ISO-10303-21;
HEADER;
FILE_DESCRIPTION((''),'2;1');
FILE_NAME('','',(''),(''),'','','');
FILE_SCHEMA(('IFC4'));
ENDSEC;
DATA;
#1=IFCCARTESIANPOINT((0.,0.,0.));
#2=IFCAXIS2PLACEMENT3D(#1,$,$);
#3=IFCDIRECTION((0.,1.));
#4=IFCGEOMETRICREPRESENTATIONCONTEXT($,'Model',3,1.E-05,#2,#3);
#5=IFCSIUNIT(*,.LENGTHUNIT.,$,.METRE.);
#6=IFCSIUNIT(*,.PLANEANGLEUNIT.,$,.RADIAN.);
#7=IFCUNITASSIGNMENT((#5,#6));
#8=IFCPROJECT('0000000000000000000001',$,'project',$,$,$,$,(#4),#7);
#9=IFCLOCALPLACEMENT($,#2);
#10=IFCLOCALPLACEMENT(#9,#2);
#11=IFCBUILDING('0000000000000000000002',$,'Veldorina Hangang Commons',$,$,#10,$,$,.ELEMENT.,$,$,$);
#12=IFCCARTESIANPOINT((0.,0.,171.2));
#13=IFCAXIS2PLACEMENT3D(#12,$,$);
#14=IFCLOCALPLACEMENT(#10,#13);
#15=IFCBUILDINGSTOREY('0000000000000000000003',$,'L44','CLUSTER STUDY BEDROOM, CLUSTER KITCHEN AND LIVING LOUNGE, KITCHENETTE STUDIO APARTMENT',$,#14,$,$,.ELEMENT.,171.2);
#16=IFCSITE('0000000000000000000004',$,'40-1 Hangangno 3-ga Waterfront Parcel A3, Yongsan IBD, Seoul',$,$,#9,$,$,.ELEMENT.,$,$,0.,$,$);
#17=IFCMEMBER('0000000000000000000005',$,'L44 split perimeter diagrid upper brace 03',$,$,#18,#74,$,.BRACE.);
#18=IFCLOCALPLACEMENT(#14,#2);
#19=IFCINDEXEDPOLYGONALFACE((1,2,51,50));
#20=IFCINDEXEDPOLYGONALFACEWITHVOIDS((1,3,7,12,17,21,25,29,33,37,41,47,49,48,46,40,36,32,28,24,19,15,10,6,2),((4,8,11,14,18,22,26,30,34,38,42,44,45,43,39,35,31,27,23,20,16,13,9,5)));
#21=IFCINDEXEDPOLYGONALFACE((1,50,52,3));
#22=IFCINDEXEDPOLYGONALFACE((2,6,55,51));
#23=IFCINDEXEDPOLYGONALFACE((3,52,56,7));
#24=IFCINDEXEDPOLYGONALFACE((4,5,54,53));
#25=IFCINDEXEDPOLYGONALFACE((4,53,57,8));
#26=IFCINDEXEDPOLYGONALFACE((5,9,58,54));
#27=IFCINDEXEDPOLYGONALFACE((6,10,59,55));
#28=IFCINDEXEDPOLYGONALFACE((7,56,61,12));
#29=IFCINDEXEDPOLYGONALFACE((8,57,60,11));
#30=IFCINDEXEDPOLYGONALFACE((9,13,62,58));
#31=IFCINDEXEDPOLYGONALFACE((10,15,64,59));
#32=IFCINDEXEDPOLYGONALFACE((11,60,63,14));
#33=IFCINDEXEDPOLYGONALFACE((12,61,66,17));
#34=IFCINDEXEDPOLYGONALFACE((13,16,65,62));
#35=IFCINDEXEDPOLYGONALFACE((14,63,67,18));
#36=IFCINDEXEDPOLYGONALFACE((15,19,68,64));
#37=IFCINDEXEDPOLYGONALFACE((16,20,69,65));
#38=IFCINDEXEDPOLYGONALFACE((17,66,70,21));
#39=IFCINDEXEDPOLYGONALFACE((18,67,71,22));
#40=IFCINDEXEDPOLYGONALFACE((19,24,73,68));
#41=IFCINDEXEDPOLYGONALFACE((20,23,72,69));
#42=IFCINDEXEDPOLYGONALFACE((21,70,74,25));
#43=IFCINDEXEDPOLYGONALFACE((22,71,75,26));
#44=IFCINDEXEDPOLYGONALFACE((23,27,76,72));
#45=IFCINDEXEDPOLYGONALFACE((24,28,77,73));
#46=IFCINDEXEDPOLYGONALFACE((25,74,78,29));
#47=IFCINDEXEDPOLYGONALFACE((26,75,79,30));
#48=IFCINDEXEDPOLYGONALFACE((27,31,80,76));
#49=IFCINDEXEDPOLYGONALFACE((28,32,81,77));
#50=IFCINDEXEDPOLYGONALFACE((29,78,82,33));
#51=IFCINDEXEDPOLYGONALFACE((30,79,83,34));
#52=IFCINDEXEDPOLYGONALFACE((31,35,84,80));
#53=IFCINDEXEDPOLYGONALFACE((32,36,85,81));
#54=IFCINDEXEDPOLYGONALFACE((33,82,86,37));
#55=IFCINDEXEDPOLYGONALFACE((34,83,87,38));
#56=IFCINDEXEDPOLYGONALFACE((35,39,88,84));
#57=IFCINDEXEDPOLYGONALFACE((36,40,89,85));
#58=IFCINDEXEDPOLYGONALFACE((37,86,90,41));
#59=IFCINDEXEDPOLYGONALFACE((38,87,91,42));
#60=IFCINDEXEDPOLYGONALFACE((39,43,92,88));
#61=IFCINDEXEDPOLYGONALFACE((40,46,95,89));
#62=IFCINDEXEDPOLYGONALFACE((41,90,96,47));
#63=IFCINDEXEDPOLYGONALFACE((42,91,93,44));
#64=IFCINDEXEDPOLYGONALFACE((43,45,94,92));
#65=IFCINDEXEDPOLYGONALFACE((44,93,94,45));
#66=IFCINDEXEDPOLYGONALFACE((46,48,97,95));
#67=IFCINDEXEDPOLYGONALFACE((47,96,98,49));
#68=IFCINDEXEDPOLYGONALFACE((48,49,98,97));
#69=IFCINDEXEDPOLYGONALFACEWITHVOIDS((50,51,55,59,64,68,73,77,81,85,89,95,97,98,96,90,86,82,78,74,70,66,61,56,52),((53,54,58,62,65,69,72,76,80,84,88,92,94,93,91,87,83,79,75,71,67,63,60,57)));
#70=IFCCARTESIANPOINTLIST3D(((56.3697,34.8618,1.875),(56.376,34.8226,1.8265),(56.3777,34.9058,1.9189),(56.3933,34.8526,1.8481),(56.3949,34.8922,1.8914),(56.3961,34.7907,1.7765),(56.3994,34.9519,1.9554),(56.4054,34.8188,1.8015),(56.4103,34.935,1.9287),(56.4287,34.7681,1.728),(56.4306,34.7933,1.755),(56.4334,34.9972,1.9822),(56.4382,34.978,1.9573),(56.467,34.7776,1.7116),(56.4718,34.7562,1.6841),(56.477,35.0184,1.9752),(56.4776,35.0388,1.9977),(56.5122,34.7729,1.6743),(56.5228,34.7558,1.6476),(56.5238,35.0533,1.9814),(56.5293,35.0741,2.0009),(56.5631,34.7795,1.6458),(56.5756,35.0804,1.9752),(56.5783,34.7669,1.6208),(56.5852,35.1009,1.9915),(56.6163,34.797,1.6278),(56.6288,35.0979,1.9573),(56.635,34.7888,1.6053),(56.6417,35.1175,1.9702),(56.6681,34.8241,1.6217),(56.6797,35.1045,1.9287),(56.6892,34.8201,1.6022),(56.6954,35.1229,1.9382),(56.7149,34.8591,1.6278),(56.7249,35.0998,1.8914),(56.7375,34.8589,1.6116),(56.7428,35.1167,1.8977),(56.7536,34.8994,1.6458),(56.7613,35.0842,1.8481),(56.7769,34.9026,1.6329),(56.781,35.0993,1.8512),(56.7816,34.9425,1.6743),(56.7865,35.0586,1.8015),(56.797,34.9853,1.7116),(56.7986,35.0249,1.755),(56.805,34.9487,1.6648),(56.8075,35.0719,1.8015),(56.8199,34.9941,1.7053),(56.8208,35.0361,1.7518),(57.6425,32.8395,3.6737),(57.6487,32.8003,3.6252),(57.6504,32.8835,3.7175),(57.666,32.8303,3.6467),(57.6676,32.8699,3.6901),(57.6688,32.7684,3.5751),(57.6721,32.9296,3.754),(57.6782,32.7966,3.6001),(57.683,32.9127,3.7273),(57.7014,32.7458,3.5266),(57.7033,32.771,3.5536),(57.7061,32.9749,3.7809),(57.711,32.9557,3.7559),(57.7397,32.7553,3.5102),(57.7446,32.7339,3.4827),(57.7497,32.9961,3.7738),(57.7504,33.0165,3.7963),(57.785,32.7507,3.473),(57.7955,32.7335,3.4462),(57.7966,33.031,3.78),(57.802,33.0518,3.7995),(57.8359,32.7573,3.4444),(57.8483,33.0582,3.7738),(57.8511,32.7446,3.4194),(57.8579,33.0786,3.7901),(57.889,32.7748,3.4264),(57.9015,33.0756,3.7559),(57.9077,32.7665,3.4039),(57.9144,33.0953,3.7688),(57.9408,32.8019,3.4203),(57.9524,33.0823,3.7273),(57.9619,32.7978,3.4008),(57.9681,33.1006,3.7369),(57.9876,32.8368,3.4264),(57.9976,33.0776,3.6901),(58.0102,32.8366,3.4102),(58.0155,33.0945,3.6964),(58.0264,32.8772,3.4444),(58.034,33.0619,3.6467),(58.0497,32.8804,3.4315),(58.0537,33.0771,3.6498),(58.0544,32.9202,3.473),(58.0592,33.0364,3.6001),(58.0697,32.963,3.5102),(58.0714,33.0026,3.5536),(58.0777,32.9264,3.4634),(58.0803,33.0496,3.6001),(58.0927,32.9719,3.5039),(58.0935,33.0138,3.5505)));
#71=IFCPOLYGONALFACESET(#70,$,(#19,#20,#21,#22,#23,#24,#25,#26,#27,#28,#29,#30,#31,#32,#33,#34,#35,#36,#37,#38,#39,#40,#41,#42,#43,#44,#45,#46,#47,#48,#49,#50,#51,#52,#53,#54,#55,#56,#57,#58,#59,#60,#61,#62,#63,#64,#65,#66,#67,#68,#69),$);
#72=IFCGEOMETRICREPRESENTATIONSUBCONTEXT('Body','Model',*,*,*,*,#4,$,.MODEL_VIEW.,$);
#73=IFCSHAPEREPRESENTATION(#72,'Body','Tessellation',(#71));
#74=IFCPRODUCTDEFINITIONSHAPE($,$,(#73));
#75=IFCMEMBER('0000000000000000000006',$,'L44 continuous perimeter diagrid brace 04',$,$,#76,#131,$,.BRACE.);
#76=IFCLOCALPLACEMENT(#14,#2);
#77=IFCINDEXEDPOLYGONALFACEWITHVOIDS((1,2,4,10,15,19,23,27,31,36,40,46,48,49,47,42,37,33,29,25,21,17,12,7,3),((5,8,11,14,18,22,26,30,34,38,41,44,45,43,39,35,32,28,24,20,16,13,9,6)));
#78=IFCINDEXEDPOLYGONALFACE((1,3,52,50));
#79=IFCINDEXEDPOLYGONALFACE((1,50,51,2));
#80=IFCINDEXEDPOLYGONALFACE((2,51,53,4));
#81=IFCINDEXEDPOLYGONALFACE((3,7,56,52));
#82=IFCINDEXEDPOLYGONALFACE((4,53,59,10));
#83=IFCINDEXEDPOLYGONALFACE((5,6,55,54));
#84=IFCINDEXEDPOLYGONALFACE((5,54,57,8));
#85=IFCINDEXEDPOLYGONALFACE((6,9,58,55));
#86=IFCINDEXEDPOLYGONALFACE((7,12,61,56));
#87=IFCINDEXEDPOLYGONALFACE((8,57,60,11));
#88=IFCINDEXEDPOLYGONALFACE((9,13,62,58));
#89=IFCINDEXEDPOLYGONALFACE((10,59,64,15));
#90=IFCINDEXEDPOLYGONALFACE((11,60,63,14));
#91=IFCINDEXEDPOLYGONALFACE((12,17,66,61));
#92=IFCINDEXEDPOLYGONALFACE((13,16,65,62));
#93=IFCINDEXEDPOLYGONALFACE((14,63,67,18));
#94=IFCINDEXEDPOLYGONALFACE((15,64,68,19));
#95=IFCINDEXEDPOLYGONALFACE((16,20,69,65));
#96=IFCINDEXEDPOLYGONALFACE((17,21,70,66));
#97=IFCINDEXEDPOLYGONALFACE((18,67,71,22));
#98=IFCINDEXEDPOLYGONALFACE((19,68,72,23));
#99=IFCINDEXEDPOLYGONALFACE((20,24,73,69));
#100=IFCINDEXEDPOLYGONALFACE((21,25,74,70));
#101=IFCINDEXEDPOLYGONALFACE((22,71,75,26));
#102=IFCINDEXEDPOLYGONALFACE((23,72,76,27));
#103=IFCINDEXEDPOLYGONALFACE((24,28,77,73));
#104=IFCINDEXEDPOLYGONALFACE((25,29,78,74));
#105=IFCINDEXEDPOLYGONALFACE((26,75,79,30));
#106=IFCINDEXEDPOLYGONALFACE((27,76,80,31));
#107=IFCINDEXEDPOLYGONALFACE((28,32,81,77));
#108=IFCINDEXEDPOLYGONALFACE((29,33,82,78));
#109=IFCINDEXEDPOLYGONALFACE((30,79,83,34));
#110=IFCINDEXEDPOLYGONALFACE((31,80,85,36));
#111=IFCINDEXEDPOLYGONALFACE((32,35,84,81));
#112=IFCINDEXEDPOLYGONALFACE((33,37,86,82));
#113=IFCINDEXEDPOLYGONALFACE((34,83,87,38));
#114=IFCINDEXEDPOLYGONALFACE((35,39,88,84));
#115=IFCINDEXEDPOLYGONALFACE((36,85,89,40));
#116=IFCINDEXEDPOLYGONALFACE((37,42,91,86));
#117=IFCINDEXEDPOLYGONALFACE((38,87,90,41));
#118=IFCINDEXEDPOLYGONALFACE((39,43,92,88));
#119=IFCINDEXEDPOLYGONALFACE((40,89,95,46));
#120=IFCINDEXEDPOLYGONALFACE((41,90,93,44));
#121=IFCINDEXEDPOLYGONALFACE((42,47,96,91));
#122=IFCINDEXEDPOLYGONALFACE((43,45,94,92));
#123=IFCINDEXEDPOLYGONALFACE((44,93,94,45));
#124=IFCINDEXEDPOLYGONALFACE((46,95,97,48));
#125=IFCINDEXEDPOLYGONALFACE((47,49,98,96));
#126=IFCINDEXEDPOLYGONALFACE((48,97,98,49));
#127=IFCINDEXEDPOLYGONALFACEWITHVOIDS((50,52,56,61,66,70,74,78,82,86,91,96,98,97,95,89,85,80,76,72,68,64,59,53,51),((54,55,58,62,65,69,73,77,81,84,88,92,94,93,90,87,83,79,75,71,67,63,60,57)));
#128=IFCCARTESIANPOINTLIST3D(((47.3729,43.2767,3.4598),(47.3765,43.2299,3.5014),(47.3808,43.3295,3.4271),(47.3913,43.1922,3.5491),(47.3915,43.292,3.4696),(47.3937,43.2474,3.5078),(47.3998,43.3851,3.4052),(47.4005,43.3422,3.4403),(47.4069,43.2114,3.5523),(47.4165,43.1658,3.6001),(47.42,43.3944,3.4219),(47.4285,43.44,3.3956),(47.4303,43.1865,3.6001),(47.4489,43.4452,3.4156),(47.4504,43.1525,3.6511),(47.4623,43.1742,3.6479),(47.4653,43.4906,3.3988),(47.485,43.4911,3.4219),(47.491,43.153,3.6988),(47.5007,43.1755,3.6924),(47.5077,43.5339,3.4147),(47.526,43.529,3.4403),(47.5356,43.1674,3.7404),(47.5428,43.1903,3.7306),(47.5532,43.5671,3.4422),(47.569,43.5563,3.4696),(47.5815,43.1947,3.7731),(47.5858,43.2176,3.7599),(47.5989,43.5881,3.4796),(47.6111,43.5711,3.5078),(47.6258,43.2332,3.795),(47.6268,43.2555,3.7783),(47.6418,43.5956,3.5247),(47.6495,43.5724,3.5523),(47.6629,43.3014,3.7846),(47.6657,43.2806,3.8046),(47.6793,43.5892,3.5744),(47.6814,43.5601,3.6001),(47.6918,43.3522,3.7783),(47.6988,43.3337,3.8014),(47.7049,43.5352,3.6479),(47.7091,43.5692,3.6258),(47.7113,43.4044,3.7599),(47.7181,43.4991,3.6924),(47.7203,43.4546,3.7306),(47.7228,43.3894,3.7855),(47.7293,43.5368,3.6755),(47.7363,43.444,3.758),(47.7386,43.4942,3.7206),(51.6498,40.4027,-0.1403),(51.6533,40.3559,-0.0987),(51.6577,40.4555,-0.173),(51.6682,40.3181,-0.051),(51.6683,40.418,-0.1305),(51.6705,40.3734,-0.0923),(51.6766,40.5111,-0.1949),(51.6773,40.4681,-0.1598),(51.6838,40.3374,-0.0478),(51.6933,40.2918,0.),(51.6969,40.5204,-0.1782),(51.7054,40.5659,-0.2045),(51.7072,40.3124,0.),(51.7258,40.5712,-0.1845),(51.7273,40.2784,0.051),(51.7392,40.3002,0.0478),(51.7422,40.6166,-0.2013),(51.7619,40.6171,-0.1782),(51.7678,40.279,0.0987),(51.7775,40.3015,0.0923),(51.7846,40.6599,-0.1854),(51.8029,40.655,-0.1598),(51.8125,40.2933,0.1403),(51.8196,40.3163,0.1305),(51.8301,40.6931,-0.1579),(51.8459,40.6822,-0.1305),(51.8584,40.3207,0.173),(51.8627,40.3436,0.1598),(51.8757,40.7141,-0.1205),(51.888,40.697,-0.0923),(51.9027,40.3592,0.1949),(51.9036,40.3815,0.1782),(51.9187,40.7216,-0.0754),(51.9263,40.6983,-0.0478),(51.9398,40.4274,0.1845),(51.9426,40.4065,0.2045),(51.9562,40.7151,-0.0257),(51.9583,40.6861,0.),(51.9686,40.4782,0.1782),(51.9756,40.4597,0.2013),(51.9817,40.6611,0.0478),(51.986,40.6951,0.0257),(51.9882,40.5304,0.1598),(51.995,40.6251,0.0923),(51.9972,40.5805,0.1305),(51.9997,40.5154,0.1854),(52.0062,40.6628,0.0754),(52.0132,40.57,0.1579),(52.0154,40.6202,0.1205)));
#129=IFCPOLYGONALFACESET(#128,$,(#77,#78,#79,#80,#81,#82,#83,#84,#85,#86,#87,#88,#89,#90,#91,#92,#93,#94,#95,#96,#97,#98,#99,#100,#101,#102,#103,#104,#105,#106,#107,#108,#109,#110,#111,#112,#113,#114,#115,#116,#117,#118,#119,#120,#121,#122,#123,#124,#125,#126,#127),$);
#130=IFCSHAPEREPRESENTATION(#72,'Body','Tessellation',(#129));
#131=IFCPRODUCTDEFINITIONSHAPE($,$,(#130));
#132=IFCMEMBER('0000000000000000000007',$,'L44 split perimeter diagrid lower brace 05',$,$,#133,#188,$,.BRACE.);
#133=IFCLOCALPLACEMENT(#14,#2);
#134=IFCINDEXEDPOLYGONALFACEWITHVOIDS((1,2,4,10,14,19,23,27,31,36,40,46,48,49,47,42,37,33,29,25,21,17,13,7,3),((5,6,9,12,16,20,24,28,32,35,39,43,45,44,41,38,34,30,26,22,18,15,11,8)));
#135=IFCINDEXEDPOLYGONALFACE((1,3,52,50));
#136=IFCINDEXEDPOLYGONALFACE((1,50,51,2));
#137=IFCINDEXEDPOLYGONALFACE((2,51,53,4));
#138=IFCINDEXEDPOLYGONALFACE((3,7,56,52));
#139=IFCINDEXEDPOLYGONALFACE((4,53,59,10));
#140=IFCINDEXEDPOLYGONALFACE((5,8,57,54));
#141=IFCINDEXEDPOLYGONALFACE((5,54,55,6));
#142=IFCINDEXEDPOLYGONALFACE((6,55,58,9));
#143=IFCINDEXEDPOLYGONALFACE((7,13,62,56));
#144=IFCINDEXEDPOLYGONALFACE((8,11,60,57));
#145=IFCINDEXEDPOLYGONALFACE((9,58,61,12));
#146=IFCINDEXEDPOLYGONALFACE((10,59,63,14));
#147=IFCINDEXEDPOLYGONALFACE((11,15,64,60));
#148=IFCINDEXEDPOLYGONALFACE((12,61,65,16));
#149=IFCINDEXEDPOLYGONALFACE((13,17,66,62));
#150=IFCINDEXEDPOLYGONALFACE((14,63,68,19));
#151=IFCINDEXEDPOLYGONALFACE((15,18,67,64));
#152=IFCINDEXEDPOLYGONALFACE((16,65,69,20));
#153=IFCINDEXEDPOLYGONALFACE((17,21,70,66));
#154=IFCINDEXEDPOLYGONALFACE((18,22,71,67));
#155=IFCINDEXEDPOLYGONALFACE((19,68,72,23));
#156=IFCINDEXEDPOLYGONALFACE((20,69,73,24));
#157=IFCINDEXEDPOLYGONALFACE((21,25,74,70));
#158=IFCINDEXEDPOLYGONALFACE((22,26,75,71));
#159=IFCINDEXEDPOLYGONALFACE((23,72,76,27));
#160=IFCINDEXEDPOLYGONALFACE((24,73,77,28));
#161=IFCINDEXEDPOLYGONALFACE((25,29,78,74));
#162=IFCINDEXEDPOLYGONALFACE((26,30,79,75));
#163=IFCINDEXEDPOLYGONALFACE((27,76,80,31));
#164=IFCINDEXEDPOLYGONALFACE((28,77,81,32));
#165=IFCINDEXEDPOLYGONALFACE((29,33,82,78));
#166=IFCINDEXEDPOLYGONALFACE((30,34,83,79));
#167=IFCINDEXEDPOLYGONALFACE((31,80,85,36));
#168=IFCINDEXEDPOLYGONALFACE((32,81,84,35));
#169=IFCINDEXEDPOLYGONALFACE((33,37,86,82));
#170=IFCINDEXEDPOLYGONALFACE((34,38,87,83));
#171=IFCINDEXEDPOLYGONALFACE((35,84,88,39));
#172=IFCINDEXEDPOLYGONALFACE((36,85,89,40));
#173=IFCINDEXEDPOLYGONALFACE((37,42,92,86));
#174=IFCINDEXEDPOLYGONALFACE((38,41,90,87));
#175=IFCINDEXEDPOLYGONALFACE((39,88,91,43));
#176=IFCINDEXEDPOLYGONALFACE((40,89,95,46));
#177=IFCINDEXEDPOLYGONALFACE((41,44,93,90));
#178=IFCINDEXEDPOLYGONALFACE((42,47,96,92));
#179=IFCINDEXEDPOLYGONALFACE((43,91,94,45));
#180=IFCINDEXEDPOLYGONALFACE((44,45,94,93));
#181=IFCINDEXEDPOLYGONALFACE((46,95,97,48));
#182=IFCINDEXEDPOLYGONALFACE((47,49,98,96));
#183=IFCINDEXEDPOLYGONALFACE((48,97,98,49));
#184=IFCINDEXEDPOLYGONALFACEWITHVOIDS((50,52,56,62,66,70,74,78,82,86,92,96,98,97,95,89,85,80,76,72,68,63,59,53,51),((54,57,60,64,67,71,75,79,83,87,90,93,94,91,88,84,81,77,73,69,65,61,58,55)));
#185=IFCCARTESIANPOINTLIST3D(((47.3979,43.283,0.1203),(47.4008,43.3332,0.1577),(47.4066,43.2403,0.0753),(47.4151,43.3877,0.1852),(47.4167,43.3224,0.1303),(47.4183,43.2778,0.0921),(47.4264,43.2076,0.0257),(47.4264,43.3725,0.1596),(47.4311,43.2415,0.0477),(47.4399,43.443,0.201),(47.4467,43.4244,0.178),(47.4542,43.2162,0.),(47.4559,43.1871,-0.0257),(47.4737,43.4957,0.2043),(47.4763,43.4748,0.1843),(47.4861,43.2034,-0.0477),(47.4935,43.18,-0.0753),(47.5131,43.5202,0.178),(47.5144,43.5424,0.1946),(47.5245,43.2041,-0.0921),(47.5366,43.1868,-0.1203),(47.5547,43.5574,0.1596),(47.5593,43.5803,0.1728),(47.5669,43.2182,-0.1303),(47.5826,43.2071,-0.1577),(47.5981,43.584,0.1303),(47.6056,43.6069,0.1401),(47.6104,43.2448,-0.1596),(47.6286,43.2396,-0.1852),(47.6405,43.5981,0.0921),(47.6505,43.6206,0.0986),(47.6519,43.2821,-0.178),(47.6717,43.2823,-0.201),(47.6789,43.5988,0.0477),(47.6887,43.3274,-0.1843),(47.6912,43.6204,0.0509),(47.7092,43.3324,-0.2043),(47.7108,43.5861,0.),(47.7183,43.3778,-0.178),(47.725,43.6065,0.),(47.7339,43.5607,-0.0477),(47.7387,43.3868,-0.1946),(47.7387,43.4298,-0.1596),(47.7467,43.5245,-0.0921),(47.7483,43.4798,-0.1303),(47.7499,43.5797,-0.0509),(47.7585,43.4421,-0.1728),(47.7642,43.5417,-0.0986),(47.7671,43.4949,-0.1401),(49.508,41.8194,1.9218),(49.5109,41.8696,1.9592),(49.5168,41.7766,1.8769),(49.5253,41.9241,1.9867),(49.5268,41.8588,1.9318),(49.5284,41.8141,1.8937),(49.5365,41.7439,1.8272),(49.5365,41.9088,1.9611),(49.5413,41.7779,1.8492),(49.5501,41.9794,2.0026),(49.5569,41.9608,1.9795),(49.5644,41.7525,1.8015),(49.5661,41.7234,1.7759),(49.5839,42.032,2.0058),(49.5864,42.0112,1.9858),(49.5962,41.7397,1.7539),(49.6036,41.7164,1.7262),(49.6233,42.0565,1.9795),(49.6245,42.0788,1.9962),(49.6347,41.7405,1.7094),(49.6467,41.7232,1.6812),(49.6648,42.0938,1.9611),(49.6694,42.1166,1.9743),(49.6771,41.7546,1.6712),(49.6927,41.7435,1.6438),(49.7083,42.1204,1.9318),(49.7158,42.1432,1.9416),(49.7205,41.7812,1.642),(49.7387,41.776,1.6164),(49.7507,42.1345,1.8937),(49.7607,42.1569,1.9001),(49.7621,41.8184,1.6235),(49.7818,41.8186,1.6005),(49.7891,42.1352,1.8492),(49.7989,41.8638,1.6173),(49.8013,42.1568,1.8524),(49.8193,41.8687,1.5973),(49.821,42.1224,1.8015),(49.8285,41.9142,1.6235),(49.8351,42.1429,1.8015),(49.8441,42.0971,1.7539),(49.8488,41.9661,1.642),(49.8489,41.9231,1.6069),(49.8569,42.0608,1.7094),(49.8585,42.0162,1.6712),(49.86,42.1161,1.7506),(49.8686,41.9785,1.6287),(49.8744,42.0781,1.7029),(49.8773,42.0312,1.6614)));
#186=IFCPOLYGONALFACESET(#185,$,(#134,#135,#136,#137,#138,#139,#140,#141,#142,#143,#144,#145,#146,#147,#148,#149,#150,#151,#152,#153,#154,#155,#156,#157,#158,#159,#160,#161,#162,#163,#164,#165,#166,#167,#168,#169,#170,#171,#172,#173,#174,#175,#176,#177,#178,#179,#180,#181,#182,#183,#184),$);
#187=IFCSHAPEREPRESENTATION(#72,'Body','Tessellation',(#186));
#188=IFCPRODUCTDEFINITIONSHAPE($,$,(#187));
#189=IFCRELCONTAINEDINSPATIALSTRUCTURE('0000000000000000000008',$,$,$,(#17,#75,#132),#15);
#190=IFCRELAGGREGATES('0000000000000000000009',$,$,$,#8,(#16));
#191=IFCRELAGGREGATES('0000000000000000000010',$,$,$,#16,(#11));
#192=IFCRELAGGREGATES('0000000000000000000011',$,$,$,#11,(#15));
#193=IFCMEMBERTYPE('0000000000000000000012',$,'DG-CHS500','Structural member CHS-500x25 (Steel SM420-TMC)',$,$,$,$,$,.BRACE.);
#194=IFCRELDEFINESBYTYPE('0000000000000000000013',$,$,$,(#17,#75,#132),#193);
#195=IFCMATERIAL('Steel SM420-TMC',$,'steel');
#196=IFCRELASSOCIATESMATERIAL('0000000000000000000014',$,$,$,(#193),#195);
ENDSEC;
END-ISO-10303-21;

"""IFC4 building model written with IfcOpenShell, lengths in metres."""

from ifc_helpers import new_model, si_unit, direction, frame, origin, origin_2d, place, context, subcontext, project, spatial, hollow_circle, extrude, material, material_profile, profile_set, type_object, element, save


model = new_model("IFC4")

# Units and contexts
model_context = context("Model", 3, precision=1e-05, world=origin(), true_north=direction((0.0, 1.0)))
body_context = subcontext(model_context, "Body", "Model", "MODEL_VIEW")
ifc_project = project(units=[si_unit("LENGTHUNIT", "METRE"), si_unit("PLANEANGLEUNIT", "RADIAN")], contexts=[model_context])

# Site, building, storey
site_placement = place(None, origin())
site = spatial("IfcSite", under=ifc_project, at=site_placement, Name="40-1 Hangangno 3-ga Waterfront Parcel A3, Yongsan IBD, Seoul", CompositionType="ELEMENT", RefElevation=0.0)
building_placement = place(site_placement, origin())
building = spatial("IfcBuilding", under=site, at=building_placement, Name="Veldorina Hangang Commons", CompositionType="ELEMENT")
storey_placement = place(building_placement, frame((0.0, 0.0, 171.2)))
storey = spatial("IfcBuildingStorey", under=building, at=storey_placement, Name="L44", Description="CLUSTER STUDY BEDROOM, CLUSTER KITCHEN AND LIVING LOUNGE, KITCHENETTE STUDIO APARTMENT", CompositionType="ELEMENT", Elevation=171.2)

# Shared definitions
ifc_material_1 = material(Name="Steel SM420-TMC", Category="steel")

# Members
ifc_material_profile_1 = material_profile(ifc_material_1, hollow_circle(Radius=0.25, WallThickness=0.0249, at=origin_2d()), Name="CHS-500x25")
ifc_profile_set_1 = profile_set([ifc_material_profile_1], Name="Steel SM420-TMC")
member_type = type_object("IfcMemberType", Name="DG-CHS500", Description="Structural member CHS-500x25 (Steel SM420-TMC)", PredefinedType="BRACE", material=ifc_profile_set_1)
member_1_placement = place(storey_placement, frame((56.5959, 34.9387, 1.8015), z_axis=(0.42556, -0.676178, 0.6014), x_axis=(0.846335, 0.532651, 0.0)))
element("IfcMember", 1, at=member_1_placement, inside=storey, type_object=member_type, Name="L44 split perimeter diagrid upper brace 03", PredefinedType="BRACE", context=body_context, shape_type="SweptSolid", body=[
    extrude(hollow_circle(Radius=0.25, WallThickness=0.0249, at=origin_2d()), origin(), (0.0, 0.0, 1.0), 2.9907),
])
member_2_placement = place(storey_placement, frame((51.8328, 40.4993, 0.0), z_axis=(-0.680392, 0.457219, 0.572728), x_axis=(-0.557758, -0.830004, 0.0)))
element("IfcMember", 2, at=member_2_placement, inside=storey, type_object=member_type, Name="L44 continuous perimeter diagrid brace 04", PredefinedType="BRACE", context=body_context, shape_type="SweptSolid", body=[
    extrude(hollow_circle(Radius=0.25, WallThickness=0.0249, at=origin_2d()), origin(), (0.0, 0.0, 1.0), 6.2859),
])
member_3_placement = place(storey_placement, frame((47.5825, 43.4011, 0.0), z_axis=(0.672671, -0.466581, 0.574296), x_axis=(0.569941, 0.821685, 0.0)))
element("IfcMember", 3, at=member_3_placement, inside=storey, type_object=member_type, Name="L44 split perimeter diagrid lower brace 05", PredefinedType="BRACE", context=body_context, shape_type="SweptSolid", body=[
    extrude(hollow_circle(Radius=0.25, WallThickness=0.0249, at=origin_2d()), origin(), (0.0, 0.0, 1.0), 3.137),
])

save(model, "model.ifc")
